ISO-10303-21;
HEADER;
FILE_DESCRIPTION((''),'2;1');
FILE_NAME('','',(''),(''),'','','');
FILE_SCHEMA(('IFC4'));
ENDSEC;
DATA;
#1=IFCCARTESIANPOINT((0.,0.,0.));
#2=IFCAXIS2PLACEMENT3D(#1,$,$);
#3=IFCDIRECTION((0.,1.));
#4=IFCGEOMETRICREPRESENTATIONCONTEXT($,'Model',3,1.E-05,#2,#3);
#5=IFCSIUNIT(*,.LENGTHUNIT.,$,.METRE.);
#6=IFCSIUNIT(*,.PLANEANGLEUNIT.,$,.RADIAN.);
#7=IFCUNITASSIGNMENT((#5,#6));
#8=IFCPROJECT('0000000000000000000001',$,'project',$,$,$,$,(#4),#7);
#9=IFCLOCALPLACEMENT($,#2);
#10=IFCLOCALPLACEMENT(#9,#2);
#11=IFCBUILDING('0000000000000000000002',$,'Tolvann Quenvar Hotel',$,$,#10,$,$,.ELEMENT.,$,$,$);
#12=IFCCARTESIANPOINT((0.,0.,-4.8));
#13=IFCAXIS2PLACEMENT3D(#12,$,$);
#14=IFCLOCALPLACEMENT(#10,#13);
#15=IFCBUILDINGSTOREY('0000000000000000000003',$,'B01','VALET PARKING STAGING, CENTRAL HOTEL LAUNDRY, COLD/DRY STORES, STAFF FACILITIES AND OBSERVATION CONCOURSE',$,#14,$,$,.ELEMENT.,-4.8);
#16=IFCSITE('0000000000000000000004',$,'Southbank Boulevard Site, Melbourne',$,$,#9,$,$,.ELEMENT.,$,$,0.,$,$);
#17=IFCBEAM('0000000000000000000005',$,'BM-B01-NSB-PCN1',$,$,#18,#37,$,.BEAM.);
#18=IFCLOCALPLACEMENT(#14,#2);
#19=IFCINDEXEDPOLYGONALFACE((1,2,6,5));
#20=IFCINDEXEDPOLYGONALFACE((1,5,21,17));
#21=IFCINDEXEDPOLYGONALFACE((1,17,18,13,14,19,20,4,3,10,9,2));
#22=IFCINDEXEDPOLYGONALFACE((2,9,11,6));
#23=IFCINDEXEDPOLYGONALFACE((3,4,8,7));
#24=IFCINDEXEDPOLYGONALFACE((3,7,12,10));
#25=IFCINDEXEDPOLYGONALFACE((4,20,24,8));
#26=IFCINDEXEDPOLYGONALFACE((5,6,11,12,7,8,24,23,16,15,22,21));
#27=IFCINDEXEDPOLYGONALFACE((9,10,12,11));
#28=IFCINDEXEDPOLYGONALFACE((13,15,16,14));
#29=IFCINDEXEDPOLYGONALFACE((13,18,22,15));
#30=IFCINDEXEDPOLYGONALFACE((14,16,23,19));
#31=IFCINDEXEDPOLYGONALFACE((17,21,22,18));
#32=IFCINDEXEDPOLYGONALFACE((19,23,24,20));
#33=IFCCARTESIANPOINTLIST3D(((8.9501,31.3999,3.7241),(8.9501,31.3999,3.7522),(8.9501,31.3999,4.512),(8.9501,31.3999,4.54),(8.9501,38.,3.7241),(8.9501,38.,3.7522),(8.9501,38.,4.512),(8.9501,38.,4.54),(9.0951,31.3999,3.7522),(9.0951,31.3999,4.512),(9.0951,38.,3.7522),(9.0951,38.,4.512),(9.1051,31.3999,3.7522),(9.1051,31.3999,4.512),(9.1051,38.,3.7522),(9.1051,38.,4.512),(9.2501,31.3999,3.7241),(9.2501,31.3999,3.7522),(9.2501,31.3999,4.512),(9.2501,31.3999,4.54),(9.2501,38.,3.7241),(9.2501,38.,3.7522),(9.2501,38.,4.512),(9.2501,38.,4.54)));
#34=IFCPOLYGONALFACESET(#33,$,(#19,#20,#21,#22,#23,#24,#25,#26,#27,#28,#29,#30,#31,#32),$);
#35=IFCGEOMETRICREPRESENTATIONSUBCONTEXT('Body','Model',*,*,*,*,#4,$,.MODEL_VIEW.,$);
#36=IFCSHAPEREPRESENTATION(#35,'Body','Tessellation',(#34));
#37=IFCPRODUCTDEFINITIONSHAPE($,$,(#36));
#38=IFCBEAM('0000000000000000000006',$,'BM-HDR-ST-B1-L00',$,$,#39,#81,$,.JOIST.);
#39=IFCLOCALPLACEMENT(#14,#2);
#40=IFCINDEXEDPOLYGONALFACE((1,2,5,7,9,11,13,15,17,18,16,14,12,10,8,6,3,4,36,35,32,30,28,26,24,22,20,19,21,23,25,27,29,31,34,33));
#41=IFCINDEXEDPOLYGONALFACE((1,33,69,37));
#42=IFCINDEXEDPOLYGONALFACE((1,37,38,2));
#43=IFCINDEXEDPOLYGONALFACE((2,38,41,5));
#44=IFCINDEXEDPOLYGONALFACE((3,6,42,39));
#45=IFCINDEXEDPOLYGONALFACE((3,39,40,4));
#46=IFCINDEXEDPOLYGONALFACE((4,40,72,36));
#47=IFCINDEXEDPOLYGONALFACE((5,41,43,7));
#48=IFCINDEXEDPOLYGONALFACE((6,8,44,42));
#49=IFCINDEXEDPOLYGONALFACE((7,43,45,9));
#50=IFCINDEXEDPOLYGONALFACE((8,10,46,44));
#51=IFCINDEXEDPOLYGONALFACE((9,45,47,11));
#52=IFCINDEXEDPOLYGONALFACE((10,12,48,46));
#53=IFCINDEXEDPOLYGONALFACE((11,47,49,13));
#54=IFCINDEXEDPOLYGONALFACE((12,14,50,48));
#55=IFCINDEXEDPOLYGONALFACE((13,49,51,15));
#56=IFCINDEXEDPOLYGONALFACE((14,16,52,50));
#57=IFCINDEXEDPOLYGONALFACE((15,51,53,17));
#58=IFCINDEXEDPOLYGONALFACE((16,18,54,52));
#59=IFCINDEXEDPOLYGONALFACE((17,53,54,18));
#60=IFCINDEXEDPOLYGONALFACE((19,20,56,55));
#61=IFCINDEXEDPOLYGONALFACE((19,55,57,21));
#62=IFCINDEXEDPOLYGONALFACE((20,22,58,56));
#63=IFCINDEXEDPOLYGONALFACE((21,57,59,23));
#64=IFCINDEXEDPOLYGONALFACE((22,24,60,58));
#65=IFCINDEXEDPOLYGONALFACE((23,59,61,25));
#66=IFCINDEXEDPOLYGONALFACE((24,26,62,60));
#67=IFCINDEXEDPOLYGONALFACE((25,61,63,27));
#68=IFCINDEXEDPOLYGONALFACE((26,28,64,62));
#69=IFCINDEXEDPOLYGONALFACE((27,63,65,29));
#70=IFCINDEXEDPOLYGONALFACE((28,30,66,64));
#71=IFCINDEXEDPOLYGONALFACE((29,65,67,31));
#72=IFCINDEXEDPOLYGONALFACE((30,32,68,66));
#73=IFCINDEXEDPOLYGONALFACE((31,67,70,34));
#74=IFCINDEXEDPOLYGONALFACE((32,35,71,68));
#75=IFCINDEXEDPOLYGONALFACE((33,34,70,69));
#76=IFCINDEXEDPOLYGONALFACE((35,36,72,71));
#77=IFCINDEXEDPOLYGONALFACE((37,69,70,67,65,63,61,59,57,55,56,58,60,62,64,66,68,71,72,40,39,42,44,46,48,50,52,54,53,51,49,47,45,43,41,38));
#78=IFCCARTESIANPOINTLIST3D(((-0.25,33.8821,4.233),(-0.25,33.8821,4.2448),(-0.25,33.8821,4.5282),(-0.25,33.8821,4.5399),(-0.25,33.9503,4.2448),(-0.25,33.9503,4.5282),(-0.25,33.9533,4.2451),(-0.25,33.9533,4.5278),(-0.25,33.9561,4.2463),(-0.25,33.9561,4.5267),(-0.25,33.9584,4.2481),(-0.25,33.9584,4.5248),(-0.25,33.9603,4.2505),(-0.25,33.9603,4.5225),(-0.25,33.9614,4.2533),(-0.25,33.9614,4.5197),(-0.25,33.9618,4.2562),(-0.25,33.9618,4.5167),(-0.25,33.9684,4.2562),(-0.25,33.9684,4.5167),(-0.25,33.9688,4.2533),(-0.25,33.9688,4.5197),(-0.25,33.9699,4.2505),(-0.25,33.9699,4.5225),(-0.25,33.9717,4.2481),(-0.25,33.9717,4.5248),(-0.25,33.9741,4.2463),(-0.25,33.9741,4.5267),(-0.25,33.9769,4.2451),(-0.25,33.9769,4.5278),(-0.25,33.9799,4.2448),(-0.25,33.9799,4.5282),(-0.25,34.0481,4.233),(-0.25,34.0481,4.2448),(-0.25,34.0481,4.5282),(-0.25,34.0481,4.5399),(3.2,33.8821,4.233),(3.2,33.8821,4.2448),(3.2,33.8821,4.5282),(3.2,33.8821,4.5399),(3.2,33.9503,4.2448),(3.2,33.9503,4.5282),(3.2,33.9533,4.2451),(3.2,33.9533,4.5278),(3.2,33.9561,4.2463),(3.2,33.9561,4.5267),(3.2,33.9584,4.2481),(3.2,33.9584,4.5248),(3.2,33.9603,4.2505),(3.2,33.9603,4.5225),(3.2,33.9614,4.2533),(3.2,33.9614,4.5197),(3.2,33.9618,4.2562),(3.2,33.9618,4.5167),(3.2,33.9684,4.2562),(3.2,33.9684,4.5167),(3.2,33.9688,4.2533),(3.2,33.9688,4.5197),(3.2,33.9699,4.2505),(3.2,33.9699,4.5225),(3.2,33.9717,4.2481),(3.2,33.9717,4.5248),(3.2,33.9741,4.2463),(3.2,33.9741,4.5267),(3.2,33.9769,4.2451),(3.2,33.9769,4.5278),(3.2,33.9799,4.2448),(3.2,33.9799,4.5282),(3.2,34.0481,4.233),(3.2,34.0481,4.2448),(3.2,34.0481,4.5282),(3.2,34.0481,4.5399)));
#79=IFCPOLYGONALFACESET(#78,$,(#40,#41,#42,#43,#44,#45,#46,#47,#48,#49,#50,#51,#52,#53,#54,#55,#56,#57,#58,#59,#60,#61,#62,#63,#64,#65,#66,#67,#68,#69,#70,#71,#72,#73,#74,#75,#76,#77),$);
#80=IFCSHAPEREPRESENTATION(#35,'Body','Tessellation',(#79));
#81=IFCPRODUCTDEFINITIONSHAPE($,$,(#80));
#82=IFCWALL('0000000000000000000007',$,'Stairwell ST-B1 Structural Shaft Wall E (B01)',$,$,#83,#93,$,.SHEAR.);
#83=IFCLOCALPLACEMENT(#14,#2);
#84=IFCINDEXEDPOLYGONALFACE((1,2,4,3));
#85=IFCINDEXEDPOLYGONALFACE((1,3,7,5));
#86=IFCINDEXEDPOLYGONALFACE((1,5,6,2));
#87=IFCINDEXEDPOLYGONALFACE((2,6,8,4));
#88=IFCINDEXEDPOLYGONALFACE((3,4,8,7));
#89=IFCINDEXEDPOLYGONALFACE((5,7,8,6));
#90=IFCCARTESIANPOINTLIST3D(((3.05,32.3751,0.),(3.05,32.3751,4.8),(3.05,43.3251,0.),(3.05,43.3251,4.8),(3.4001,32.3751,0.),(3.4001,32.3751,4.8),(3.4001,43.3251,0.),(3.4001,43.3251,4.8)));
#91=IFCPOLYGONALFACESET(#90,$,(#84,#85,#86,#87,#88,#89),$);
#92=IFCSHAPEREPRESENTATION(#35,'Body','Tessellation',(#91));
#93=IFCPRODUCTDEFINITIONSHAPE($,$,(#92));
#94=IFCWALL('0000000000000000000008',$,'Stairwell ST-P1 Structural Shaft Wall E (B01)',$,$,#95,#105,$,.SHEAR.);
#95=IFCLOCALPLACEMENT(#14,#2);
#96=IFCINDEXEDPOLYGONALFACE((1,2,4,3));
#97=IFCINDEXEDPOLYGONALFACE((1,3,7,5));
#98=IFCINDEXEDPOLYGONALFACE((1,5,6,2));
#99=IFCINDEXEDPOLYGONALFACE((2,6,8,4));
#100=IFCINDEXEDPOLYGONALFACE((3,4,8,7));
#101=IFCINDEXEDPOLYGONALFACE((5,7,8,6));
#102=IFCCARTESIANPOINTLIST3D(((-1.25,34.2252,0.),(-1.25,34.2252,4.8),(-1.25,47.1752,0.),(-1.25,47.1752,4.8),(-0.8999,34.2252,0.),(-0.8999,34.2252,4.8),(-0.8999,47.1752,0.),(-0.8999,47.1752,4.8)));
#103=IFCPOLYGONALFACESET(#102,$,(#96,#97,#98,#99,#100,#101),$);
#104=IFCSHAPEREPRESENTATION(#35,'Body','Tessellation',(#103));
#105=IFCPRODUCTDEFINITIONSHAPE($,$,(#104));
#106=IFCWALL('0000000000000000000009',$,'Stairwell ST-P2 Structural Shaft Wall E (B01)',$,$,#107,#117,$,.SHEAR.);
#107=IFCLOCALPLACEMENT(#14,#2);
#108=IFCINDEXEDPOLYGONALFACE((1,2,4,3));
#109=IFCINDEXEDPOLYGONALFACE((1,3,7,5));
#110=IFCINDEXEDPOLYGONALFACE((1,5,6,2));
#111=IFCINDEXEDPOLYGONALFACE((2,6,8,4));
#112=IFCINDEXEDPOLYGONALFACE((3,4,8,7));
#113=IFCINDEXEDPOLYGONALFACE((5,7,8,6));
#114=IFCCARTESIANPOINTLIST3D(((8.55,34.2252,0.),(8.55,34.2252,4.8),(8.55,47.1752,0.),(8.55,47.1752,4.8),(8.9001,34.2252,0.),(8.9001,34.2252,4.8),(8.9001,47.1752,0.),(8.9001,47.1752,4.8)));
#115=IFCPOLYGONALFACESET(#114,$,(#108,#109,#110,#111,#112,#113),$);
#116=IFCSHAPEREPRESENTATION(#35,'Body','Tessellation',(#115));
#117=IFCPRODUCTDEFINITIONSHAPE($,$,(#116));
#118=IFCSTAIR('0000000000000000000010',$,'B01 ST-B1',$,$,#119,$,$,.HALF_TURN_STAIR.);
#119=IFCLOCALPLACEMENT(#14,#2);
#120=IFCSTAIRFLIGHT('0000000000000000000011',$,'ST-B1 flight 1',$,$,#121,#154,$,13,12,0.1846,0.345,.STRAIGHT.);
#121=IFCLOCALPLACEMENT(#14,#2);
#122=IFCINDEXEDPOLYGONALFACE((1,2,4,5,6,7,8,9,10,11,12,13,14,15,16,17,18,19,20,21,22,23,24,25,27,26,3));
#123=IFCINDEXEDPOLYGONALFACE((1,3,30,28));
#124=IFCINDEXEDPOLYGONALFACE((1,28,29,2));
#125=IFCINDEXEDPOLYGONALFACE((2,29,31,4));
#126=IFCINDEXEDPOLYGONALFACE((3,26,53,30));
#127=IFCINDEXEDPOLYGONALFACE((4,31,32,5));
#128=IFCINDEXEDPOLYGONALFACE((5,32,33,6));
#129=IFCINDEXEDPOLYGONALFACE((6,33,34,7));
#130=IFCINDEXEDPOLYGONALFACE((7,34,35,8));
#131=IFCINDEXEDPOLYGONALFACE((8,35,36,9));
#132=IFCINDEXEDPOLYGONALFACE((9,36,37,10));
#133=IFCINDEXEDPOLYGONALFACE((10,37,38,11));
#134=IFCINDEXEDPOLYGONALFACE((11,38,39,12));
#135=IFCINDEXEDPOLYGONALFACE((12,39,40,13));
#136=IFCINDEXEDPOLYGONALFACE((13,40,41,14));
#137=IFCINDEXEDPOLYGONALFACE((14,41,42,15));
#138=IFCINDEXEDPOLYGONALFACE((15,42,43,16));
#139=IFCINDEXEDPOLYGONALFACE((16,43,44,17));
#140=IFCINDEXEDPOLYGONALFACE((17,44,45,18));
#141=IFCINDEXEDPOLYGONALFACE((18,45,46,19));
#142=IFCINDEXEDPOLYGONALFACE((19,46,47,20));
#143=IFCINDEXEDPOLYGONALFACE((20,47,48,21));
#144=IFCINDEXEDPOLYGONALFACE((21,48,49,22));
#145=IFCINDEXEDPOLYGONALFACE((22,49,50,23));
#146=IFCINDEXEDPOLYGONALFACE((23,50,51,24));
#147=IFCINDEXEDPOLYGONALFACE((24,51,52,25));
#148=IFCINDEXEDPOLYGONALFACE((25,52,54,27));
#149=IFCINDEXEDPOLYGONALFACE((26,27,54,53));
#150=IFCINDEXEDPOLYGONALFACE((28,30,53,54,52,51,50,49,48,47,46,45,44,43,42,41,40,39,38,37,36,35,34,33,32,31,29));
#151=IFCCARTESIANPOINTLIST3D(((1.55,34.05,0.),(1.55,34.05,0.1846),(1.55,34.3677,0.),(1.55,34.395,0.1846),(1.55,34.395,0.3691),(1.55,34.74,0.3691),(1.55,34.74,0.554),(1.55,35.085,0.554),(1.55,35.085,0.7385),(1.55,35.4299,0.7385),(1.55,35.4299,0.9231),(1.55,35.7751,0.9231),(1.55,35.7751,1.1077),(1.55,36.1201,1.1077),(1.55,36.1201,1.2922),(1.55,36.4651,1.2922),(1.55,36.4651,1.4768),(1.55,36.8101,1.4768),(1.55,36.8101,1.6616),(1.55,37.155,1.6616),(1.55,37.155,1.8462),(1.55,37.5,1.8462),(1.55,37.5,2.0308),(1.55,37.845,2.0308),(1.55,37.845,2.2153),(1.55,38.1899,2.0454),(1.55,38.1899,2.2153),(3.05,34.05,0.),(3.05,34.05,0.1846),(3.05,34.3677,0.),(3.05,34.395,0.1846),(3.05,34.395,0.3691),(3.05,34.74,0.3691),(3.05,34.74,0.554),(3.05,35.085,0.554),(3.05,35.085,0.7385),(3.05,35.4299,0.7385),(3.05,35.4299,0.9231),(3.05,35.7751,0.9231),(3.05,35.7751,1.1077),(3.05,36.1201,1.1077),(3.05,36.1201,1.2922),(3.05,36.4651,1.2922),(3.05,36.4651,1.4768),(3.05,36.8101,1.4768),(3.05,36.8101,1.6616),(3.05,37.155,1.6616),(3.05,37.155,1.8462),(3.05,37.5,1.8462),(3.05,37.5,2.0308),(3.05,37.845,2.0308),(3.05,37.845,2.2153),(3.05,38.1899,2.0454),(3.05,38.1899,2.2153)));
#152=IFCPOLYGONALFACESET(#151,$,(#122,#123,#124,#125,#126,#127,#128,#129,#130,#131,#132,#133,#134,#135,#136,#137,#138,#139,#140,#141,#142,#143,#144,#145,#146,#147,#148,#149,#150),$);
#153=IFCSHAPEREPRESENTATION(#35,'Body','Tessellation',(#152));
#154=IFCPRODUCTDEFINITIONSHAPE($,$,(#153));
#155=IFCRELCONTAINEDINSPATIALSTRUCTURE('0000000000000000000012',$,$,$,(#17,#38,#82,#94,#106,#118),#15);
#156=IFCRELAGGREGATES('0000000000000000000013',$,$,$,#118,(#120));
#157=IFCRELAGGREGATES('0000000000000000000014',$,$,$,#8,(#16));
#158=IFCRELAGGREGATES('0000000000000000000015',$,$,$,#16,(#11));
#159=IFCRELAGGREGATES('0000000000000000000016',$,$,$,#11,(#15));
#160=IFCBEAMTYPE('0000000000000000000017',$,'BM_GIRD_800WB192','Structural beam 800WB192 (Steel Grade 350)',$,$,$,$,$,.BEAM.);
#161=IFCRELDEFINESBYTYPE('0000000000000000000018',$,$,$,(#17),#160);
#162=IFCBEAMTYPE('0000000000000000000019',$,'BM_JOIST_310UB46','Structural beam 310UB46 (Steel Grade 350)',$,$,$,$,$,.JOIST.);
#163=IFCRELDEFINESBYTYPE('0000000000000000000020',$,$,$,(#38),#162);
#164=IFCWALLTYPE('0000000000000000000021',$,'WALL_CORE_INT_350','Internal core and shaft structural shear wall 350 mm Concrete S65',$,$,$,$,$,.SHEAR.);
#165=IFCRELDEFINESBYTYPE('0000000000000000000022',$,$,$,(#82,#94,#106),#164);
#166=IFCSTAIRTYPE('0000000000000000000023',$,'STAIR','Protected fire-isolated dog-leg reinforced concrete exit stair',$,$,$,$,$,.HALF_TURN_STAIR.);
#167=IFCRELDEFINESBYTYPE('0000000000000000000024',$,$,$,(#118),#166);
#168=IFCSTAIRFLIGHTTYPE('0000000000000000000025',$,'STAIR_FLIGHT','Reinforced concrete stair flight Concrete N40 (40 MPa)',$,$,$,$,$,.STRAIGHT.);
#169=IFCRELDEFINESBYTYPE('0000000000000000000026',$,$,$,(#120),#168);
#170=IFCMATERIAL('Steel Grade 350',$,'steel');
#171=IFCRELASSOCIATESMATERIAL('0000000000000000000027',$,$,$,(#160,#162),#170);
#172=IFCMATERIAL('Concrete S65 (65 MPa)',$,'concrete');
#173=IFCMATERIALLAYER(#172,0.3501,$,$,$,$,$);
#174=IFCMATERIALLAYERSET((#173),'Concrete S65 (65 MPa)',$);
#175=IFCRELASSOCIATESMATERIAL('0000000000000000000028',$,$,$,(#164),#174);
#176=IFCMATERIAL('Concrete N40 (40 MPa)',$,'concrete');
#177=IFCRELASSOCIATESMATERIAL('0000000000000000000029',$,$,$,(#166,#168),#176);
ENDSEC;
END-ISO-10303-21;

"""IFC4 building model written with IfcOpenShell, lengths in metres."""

from ifc_helpers import new_model, si_unit, direction, frame, frame_2d, origin, origin_2d, place, context, subcontext, project, spatial, polyline, rectangle, i_section, outline, extrude, source, transform, mapped, material, layer, layer_set, material_profile, profile_set, type_object, type_shapes, element, aggregate, save


model = new_model("IFC4")

# Units and contexts
model_context = context("Model", 3, precision=1e-05, world=origin(), true_north=direction((0.0, 1.0)))
body_context = subcontext(model_context, "Body", "Model", "MODEL_VIEW")
ifc_project = project(units=[si_unit("LENGTHUNIT", "METRE"), si_unit("PLANEANGLEUNIT", "RADIAN")], contexts=[model_context])

# Site, building, storey
site_placement = place(None, origin())
site = spatial("IfcSite", under=ifc_project, at=site_placement, Name="Southbank Boulevard Site, Melbourne", CompositionType="ELEMENT", RefElevation=0.0)
building_placement = place(site_placement, origin())
building = spatial("IfcBuilding", under=site, at=building_placement, Name="Tolvann Quenvar Hotel", CompositionType="ELEMENT")
storey_placement = place(building_placement, frame((0.0, 0.0, -4.8)))
storey = spatial("IfcBuildingStorey", under=building, at=storey_placement, Name="B01", Description="VALET PARKING STAGING, CENTRAL HOTEL LAUNDRY, COLD/DRY STORES, STAFF FACILITIES AND OBSERVATION CONCOURSE", CompositionType="ELEMENT", Elevation=-4.8)

# Beams
ifc_material_1 = material(Name="Steel Grade 350", Category="steel")
ifc_material_profile_1 = material_profile(ifc_material_1, i_section(OverallWidth=0.3, OverallDepth=0.8159, WebThickness=0.01, FlangeThickness=0.0281, at=origin_2d()), Name="800WB192")
ifc_profile_set_1 = profile_set([ifc_material_profile_1], Name="Steel Grade 350")
beam_type_1 = type_object("IfcBeamType", Name="BM_GIRD_800WB192", Description="Structural beam 800WB192 (Steel Grade 350)", PredefinedType="BEAM", material=ifc_profile_set_1)
shared_shape_1 = source(origin(), body_context, "Body", "SweptSolid", [
    extrude(i_section(OverallWidth=0.3, OverallDepth=0.8159, WebThickness=0.01, FlangeThickness=0.0281, at=origin_2d()), origin(), (0.0, 0.0, 1.0), 6.6001),
])
beam_1_placement = place(storey_placement, frame((9.1001, 31.3999, 4.1321), z_axis=(0.0, 1.0, 0.0), x_axis=(-1.0, 0.0, 0.0)))
element("IfcBeam", 1, at=beam_1_placement, inside=storey, type_object=beam_type_1, Name="BM-B01-NSB-PCN1", PredefinedType="BEAM", context=body_context, shape_type="MappedRepresentation", body=[
    mapped(shared_shape_1, transform((0.0, 0.0, 0.0), x_axis=(1.0, 0.0, 0.0), y_axis=(0.0, 1.0, 0.0), z_axis=(0.0, 0.0, 1.0), scale=1.0)),
])
ifc_material_profile_2 = material_profile(ifc_material_1, i_section(OverallWidth=0.166, OverallDepth=0.3069, WebThickness=0.0066, FlangeThickness=0.0117, FilletRadius=0.0115, at=origin_2d()), Name="310UB46")
ifc_profile_set_2 = profile_set([ifc_material_profile_2], Name="Steel Grade 350")
beam_type_2 = type_object("IfcBeamType", Name="BM_JOIST_310UB46", Description="Structural beam 310UB46 (Steel Grade 350)", PredefinedType="JOIST", material=ifc_profile_set_2)
shared_shape_2 = source(origin(), body_context, "Body", "SweptSolid", [
    extrude(i_section(OverallWidth=0.166, OverallDepth=0.3069, WebThickness=0.0066, FlangeThickness=0.0117, FilletRadius=0.0115, at=origin_2d()), origin(), (0.0, 0.0, 1.0), 3.45),
])
type_shapes(beam_type_2, [shared_shape_2])
beam_2_placement = place(storey_placement, frame((-0.25, 33.9651, 4.3865), z_axis=(1.0, 0.0, 0.0), x_axis=(0.0, 1.0, 0.0)))
element("IfcBeam", 2, at=beam_2_placement, inside=storey, type_object=beam_type_2, Name="BM-HDR-ST-B1-L00", PredefinedType="JOIST", context=body_context, shape_type="MappedRepresentation", body=[
    mapped(shared_shape_2, transform((0.0, 0.0, 0.0), x_axis=(1.0, 0.0, 0.0), y_axis=(0.0, 1.0, 0.0), z_axis=(0.0, 0.0, 1.0), scale=1.0)),
])

# Shared definitions
ifc_material_2 = material(Name="Concrete S65 (65 MPa)", Category="concrete")
ifc_layer = layer(ifc_material_2, 0.3501)
ifc_layer_set = layer_set([ifc_layer], Name="Concrete S65 (65 MPa)")
wall_type = type_object("IfcWallType", Name="WALL_CORE_INT_350", Description="Internal core and shaft structural shear wall 350 mm Concrete S65", PredefinedType="SHEAR", material=ifc_layer_set)

# Walls
wall_1_placement = place(storey_placement, frame((3.2251, 32.375, 0.0), z_axis=(0.0, 0.0, 1.0), x_axis=(0.0, 1.0, 0.0)))
element("IfcWall", 3, at=wall_1_placement, inside=storey, type_object=wall_type, Name="Stairwell ST-B1 Structural Shaft Wall E (B01)", PredefinedType="SHEAR", context=body_context, shape_type="SweptSolid", body=[
    extrude(rectangle(XDim=10.95, YDim=0.3501, at=frame_2d((5.4751, 0.0))), origin(), (0.0, 0.0, 1.0), 4.8),
])
for number, where, z_axis, x_axis, name in (
    (4, (-1.075, 34.2251, 0.0), (0.0, 0.0, 1.0), (0.0, 1.0, 0.0), "Stairwell ST-P1 Structural Shaft Wall E (B01)"),
    (5, (8.7251, 34.2251, 0.0), (0.0, 0.0, 1.0), (0.0, 1.0, 0.0), "Stairwell ST-P2 Structural Shaft Wall E (B01)"),
):
    element("IfcWall", number, at=place(storey_placement, frame(where, z_axis=z_axis, x_axis=x_axis)), inside=storey, type_object=wall_type, Name=name, PredefinedType="SHEAR", context=body_context, shape_type="SweptSolid", body=[
        extrude(rectangle(XDim=12.95, YDim=0.3501, at=frame_2d((6.4751, 0.0))), origin(), (0.0, 0.0, 1.0), 4.8),
    ])

# Stair, stair flight
ifc_material_3 = material(Name="Concrete N40 (40 MPa)", Category="concrete")
stair_type = type_object("IfcStairType", Name="STAIR", Description="Protected fire-isolated dog-leg reinforced concrete exit stair", PredefinedType="HALF_TURN_STAIR", material=ifc_material_3)
stair_placement = place(storey_placement, origin())
stair = element("IfcStair", 6, at=stair_placement, inside=storey, type_object=stair_type, Name="B01 ST-B1", PredefinedType="HALF_TURN_STAIR")
stair_flight_type = type_object("IfcStairFlightType", Name="STAIR_FLIGHT", Description="Reinforced concrete stair flight Concrete N40 (40 MPa)", PredefinedType="STRAIGHT", material=ifc_material_3)
stair_flight_placement = place(storey_placement, frame((2.3, 34.05, 0.0), z_axis=(0.0, 0.0, 1.0), x_axis=(0.0, 1.0, 0.0)))
stair_flight = element("IfcStairFlight", 7, at=stair_flight_placement, type_object=stair_flight_type, Name="ST-B1 flight 1", NumberOfRisers=13, NumberOfTreads=12, PredefinedType="STRAIGHT", RiserHeight=0.1846, TreadLength=0.345, context=body_context, shape_type="SweptSolid", body=[
    extrude(outline(polyline([(0.0, 0.0), (0.0, 0.1846), (0.345, 0.1846), (0.345, 0.3691), (0.6899, 0.3691), (0.6899, 0.554), (1.0349, 0.554), (1.0349, 0.7385), (1.3799, 0.7385), (1.3799, 0.9231), (1.7251, 0.9231), (1.7251, 1.1077), (2.0701, 1.1077), (2.0701, 1.2922), (2.415, 1.2922), (2.415, 1.4768), (2.76, 1.4768), (2.76, 1.6616), (3.105, 1.6616), (3.105, 1.8462), (3.45, 1.8462), (3.45, 2.0308), (3.7949, 2.0308), (3.7949, 2.2153), (4.1399, 2.2153), (4.1399, 2.3999), (4.1399, 2.0454), (0.3176, 0.0), (0.0, 0.0)])), frame((0.0, 0.75, 0.0), z_axis=(0.0, -1.0, 0.0), x_axis=(1.0, 0.0, 0.0)), (0.0, 0.0, 1.0), 1.5),
])
aggregate(stair, [stair_flight])

save(model, "model.ifc")
